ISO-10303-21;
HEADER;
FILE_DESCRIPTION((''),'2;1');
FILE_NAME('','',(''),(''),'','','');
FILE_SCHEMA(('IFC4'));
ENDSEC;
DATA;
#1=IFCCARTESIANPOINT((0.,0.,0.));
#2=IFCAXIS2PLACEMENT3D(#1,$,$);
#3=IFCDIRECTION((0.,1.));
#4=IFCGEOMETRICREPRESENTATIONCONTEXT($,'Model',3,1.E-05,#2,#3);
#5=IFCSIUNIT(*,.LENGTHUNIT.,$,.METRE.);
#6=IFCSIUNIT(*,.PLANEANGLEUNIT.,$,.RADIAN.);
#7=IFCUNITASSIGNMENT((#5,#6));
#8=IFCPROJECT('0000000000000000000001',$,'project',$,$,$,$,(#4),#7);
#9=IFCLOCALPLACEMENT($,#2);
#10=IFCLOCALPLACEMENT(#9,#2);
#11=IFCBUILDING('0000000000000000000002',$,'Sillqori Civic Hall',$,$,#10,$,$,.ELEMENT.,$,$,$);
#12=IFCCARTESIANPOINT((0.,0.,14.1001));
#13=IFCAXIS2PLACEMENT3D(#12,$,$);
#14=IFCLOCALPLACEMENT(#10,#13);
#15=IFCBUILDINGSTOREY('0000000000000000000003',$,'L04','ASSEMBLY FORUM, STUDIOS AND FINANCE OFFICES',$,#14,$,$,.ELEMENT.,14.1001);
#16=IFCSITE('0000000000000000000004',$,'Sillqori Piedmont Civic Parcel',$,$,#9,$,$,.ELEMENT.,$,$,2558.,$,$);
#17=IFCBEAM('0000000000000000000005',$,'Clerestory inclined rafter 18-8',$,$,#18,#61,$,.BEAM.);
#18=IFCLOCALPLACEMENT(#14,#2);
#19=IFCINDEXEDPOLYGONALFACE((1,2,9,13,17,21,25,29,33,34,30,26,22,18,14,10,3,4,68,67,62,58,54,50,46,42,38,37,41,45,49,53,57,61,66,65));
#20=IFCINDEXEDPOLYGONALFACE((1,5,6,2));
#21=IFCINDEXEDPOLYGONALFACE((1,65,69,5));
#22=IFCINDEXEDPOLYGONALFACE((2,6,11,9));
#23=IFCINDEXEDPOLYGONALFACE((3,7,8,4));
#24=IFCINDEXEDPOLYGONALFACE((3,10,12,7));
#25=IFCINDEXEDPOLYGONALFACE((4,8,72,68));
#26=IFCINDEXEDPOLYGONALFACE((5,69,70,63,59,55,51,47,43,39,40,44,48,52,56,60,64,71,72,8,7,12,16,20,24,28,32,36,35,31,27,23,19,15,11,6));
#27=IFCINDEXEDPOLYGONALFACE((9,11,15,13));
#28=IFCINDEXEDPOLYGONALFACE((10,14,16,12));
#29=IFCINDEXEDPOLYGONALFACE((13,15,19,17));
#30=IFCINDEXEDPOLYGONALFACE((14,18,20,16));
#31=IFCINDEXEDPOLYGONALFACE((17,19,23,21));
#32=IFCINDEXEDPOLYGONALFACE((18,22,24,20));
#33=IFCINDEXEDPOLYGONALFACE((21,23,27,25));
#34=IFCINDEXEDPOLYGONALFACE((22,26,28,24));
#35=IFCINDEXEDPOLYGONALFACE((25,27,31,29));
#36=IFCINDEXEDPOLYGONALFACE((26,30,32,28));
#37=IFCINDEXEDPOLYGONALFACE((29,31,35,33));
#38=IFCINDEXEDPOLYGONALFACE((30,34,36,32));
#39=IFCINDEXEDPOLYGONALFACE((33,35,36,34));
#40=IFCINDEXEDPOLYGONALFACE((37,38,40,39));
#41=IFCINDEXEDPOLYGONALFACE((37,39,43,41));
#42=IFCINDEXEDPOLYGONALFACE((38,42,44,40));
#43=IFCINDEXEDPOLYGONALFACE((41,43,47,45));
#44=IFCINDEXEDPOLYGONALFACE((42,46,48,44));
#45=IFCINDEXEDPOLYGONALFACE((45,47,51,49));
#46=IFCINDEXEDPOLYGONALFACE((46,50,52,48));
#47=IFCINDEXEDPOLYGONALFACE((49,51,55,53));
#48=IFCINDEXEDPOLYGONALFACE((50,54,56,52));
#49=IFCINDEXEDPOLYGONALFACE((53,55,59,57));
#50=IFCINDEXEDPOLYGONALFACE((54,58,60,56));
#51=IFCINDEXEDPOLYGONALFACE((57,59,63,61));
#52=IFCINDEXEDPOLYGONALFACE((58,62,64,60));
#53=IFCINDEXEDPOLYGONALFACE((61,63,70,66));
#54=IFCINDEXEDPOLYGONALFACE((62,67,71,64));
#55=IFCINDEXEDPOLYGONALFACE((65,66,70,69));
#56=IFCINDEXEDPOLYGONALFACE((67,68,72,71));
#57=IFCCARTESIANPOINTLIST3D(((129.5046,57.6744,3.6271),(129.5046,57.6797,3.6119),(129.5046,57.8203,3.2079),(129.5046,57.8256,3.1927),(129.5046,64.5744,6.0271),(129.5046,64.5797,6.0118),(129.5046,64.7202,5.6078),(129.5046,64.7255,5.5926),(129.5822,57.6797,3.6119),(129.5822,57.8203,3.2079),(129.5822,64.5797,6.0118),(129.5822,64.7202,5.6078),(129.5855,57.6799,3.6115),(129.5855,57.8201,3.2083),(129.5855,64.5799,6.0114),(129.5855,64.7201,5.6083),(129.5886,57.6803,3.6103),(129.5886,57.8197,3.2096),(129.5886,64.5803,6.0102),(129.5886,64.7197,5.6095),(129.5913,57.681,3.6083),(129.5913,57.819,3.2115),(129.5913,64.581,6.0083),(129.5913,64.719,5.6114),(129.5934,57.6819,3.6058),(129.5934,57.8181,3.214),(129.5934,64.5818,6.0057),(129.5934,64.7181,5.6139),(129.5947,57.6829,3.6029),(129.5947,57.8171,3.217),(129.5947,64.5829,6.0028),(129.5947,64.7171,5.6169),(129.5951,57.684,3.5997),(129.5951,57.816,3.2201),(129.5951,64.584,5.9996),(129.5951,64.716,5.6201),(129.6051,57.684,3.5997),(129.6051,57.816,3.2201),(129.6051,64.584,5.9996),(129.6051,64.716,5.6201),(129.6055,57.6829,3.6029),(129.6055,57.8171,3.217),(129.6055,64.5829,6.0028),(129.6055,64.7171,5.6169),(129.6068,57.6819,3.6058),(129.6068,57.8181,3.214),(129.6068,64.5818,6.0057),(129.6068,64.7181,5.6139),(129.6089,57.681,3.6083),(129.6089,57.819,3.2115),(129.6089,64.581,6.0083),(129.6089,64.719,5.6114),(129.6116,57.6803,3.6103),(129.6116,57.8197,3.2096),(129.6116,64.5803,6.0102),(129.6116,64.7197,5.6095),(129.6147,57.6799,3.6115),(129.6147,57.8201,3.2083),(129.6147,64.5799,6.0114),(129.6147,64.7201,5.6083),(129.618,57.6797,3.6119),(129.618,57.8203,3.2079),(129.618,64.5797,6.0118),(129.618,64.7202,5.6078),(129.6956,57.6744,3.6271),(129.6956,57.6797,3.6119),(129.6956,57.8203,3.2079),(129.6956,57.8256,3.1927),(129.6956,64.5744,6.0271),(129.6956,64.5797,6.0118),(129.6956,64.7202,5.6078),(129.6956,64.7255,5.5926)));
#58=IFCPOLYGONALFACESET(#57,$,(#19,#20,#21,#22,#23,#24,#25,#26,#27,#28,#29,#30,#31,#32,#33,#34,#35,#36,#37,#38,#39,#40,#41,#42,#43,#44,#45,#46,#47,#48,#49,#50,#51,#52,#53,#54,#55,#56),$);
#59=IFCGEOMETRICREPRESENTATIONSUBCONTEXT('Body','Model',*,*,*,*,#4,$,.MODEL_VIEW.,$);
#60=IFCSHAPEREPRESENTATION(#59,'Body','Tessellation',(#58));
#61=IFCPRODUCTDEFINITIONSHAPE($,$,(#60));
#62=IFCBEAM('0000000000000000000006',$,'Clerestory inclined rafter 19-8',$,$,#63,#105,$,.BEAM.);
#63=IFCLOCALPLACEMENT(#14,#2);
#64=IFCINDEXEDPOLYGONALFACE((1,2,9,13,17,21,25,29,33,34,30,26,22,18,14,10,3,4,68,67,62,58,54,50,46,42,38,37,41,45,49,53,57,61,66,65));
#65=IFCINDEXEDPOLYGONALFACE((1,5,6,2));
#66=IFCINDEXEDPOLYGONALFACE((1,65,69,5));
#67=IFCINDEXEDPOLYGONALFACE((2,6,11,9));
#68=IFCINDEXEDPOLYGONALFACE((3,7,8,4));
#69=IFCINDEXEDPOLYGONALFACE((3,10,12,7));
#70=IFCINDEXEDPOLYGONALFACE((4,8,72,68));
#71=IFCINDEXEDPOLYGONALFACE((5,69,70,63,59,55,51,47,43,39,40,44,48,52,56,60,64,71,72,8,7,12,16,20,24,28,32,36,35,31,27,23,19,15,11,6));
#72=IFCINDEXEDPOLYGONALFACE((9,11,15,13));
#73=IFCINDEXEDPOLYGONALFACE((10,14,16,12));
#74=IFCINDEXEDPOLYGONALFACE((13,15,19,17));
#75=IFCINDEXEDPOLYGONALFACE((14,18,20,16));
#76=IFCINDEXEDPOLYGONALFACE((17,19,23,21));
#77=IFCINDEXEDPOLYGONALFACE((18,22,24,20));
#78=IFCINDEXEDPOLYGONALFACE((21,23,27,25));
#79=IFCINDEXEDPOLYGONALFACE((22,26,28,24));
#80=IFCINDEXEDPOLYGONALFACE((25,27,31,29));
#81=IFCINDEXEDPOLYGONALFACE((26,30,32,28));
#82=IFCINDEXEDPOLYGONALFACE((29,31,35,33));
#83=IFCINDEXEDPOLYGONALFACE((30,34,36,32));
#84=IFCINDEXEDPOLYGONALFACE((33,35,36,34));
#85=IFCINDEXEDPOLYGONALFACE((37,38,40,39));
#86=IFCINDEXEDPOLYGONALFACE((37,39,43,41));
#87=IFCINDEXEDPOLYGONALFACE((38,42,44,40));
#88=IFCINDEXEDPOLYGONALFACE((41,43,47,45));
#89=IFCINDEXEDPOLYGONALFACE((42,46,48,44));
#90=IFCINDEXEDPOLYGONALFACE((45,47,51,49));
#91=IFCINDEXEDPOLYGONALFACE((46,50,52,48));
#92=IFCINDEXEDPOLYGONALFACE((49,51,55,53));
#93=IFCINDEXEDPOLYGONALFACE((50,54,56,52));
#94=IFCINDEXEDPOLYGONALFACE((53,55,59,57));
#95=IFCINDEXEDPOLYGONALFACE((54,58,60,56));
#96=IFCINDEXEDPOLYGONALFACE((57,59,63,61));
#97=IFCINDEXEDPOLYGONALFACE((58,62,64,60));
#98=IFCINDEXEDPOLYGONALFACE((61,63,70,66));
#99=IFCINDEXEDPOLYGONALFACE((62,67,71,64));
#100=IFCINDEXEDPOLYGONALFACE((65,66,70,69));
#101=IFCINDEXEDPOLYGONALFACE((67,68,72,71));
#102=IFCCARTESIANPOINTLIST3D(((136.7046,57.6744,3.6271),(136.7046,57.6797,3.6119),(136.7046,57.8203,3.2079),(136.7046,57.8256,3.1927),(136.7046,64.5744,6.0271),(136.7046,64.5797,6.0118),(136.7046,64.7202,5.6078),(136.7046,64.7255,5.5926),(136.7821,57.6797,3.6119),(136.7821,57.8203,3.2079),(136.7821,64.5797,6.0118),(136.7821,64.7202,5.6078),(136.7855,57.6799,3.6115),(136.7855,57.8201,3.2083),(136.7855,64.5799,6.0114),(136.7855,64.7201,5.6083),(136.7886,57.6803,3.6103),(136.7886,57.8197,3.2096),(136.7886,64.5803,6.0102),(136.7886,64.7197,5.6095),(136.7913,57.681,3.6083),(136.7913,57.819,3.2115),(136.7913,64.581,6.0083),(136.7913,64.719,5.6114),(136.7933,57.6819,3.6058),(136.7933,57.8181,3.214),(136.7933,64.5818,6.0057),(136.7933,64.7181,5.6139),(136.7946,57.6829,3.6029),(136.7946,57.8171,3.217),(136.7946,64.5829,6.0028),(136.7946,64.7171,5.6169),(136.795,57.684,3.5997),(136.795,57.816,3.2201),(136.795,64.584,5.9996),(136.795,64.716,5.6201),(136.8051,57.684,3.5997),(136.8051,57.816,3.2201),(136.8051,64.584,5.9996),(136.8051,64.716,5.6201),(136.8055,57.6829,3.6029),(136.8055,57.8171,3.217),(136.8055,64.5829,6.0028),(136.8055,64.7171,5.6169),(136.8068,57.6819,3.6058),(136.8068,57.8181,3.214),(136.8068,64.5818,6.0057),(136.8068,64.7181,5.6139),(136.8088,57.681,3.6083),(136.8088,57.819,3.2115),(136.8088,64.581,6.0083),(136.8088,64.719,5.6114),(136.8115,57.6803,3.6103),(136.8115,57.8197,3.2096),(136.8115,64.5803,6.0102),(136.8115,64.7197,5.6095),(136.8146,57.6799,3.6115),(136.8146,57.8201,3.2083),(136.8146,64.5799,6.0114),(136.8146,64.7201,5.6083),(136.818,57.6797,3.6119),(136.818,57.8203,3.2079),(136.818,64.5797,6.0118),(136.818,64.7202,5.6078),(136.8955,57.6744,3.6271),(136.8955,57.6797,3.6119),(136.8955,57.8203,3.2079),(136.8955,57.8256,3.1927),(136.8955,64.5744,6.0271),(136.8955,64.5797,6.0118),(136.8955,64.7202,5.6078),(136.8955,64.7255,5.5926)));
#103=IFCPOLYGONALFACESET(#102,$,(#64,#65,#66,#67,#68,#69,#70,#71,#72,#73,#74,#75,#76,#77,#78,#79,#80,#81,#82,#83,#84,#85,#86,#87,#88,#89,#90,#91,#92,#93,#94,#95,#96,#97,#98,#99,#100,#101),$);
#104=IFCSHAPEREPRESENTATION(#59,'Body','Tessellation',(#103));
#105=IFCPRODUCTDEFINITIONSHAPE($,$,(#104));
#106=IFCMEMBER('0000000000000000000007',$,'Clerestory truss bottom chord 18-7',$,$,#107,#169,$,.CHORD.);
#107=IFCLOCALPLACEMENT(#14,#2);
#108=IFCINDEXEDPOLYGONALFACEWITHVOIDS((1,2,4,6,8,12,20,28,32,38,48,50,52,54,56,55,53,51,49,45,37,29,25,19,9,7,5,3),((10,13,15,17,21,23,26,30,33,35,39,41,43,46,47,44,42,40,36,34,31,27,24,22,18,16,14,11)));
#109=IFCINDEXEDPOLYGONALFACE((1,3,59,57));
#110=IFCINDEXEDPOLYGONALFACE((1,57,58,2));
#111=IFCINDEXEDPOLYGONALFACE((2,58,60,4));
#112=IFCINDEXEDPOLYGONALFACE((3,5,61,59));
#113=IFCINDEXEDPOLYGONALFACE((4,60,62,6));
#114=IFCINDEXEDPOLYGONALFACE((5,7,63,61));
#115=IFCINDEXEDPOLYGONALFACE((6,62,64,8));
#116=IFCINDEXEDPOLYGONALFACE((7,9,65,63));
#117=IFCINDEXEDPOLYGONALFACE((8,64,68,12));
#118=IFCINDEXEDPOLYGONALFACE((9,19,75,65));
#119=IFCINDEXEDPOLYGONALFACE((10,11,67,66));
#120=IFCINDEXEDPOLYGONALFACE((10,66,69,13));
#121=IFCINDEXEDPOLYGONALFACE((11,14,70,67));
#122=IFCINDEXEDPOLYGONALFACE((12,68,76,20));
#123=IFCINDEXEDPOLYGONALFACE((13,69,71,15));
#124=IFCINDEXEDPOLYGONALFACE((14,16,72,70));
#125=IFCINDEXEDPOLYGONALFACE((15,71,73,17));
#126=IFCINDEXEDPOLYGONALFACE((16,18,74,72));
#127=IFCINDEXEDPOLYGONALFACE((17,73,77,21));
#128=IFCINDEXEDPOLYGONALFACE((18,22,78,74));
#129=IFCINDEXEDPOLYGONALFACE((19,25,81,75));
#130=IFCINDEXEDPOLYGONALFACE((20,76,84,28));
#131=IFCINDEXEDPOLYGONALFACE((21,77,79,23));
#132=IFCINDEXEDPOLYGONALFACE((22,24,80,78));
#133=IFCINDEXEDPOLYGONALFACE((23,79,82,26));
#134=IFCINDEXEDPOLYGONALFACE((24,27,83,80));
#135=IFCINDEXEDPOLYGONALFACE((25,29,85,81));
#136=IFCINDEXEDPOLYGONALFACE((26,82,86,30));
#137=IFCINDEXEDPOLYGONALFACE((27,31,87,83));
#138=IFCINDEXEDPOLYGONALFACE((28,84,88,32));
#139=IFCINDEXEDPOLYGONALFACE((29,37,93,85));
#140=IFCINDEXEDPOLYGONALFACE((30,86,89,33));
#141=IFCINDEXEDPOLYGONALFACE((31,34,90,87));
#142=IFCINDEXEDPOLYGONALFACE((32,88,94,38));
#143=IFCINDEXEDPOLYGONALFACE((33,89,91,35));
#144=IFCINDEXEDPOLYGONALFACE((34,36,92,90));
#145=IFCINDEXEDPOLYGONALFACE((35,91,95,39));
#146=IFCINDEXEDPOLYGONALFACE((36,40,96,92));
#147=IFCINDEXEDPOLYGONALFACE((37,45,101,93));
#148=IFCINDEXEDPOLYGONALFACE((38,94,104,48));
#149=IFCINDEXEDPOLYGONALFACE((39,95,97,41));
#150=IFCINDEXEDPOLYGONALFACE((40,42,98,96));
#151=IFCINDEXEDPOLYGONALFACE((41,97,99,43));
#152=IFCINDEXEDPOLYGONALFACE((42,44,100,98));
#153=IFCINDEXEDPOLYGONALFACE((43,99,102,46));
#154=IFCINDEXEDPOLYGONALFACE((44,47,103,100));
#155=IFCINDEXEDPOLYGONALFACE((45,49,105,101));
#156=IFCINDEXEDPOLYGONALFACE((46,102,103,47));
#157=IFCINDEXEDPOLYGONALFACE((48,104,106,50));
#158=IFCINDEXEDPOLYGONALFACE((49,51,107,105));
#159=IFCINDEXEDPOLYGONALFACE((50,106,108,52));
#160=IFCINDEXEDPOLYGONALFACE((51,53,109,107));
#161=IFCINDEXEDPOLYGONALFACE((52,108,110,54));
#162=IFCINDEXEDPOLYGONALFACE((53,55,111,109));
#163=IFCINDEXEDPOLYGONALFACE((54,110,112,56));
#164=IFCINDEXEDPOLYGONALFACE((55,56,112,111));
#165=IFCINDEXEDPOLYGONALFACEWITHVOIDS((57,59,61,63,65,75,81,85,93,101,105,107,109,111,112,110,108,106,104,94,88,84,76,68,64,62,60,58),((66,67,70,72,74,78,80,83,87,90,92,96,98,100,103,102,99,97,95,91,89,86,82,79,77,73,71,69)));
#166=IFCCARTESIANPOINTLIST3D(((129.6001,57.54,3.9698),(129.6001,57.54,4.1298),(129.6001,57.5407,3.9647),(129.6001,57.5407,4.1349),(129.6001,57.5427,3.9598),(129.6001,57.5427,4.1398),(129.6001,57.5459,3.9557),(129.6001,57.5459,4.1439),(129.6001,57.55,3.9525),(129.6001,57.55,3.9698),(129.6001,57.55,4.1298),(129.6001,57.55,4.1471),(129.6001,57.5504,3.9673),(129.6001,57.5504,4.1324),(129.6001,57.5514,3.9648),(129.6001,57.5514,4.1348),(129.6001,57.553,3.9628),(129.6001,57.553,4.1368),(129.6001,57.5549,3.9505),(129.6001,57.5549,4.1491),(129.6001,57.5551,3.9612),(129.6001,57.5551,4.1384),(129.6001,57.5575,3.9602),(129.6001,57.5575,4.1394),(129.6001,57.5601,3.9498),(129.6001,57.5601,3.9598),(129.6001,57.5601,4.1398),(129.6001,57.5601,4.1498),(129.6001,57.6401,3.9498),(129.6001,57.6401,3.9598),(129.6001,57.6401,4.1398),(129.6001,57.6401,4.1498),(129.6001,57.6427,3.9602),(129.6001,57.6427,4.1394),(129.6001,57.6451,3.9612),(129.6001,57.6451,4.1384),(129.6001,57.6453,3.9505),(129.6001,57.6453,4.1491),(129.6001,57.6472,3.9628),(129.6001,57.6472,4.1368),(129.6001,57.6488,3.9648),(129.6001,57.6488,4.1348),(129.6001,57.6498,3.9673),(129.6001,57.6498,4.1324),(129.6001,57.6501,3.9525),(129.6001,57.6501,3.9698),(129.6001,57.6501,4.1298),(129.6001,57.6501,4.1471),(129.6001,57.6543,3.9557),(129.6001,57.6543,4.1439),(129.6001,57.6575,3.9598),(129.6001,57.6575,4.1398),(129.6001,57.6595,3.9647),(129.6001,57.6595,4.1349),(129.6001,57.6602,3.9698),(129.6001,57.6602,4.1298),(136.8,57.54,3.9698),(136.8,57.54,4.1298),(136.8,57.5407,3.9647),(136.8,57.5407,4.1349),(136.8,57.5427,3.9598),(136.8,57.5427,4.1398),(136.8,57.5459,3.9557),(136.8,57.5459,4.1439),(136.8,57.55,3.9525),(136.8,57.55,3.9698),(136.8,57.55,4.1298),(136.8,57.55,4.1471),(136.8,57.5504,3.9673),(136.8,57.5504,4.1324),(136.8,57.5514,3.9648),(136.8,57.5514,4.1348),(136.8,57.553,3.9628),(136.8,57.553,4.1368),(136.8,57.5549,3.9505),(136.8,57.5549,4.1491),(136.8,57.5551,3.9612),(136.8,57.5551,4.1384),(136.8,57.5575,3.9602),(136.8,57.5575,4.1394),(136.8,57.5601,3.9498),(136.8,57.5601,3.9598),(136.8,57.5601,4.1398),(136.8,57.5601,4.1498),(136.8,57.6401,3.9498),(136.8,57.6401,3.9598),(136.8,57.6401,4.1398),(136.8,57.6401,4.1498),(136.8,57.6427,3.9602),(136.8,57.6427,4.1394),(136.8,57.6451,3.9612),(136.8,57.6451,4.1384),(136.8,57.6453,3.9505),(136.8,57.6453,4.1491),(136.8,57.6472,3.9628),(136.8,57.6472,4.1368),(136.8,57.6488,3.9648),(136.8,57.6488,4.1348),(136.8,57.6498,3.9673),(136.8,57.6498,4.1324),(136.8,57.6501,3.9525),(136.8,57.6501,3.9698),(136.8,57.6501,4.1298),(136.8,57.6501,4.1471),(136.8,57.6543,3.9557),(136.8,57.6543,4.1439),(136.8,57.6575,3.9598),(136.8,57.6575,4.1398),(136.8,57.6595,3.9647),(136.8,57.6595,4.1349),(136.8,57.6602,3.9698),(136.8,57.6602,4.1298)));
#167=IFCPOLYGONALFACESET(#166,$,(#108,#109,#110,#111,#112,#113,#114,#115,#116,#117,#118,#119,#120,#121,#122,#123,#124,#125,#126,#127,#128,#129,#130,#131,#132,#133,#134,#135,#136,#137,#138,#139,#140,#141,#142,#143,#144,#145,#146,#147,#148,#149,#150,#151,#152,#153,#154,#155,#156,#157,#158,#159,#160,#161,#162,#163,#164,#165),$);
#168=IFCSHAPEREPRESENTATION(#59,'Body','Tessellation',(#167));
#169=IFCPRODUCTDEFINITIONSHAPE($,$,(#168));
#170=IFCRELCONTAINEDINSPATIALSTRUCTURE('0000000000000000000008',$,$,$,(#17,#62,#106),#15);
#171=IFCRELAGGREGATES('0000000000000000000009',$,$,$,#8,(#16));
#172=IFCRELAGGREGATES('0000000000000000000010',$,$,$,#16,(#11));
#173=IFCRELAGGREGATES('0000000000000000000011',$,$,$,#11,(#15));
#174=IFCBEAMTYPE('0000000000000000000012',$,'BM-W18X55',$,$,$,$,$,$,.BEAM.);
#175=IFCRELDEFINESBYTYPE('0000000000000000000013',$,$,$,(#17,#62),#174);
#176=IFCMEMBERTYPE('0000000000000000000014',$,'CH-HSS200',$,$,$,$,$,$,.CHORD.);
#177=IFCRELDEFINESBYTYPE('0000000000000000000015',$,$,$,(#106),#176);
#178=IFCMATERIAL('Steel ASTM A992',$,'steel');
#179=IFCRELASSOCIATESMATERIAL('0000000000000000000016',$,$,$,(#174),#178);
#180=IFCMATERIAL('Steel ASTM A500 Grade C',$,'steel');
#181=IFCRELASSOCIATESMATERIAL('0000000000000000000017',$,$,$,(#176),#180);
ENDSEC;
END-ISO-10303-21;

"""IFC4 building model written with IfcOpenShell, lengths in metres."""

from ifc_helpers import new_model, si_unit, direction, frame, origin, origin_2d, place, context, subcontext, project, spatial, hollow_rectangle, i_section, extrude, material, material_profile, profile_set, type_object, element, save


model = new_model("IFC4")

# Units and contexts
model_context = context("Model", 3, precision=1e-05, world=origin(), true_north=direction((0.0, 1.0)))
body_context = subcontext(model_context, "Body", "Model", "MODEL_VIEW")
ifc_project = project(units=[si_unit("LENGTHUNIT", "METRE"), si_unit("PLANEANGLEUNIT", "RADIAN")], contexts=[model_context])

# Site, building, storey
site_placement = place(None, origin())
site = spatial("IfcSite", under=ifc_project, at=site_placement, Name="Sillqori Piedmont Civic Parcel", CompositionType="ELEMENT", RefElevation=2558.0)
building_placement = place(site_placement, origin())
building = spatial("IfcBuilding", under=site, at=building_placement, Name="Sillqori Civic Hall", CompositionType="ELEMENT")
storey_placement = place(building_placement, frame((0.0, 0.0, 14.1001)))
storey = spatial("IfcBuildingStorey", under=building, at=storey_placement, Name="L04", Description="ASSEMBLY FORUM, STUDIOS AND FINANCE OFFICES", CompositionType="ELEMENT", Elevation=14.1001)

# Shared definitions
ifc_material_1 = material(Name="Steel ASTM A992", Category="steel")

# Beams
ifc_material_profile_1 = material_profile(ifc_material_1, i_section(OverallWidth=0.1909, OverallDepth=0.46, WebThickness=0.01, FlangeThickness=0.0161, FilletRadius=0.0129, at=origin_2d()), Name="W18X55")
ifc_profile_set_1 = profile_set([ifc_material_profile_1], Name="Steel ASTM A992")
beam_type_1 = type_object("IfcBeamType", Name="BM-W18X55", PredefinedType="BEAM", material=ifc_profile_set_1)
for number, where, z_axis, x_axis, name in (
    (1, (129.6001, 57.75, 3.4099), (0.0, 0.9445, 0.328513), (-1.0, 0.0, 0.0), "Clerestory inclined rafter 18-8"),
    (2, (136.8, 57.75, 3.4099), (0.0, 0.9445, 0.328513), (-1.0, 0.0, 0.0), "Clerestory inclined rafter 19-8"),
):
    element("IfcBeam", number, at=place(storey_placement, frame(where, z_axis=z_axis, x_axis=x_axis)), inside=storey, type_object=beam_type_1, Name=name, PredefinedType="BEAM", context=body_context, shape_type="SweptSolid", body=[
        extrude(i_section(OverallWidth=0.1909, OverallDepth=0.46, WebThickness=0.01, FlangeThickness=0.0161, FilletRadius=0.0129, at=origin_2d()), origin(), (0.0, 0.0, 1.0), 7.3054),
    ])

# Member
ifc_material_2 = material(Name="Steel ASTM A500 Grade C", Category="steel")
ifc_material_profile_2 = material_profile(ifc_material_2, hollow_rectangle(XDim=0.1201, YDim=0.2, WallThickness=0.01, InnerFilletRadius=0.01, OuterFilletRadius=0.02, at=origin_2d()), Name="HSS200X120X10")
ifc_profile_set_2 = profile_set([ifc_material_profile_2], Name="Steel ASTM A500 Grade C")
member_type_1 = type_object("IfcMemberType", Name="CH-HSS200", PredefinedType="CHORD", material=ifc_profile_set_2)
member_1_placement = place(storey_placement, frame((129.6001, 57.6001, 4.0498), z_axis=(1.0, 0.0, 0.0), x_axis=(0.0, 1.0, 0.0)))
element("IfcMember", 3, at=member_1_placement, inside=storey, type_object=member_type_1, Name="Clerestory truss bottom chord 18-7", PredefinedType="CHORD", context=body_context, shape_type="SweptSolid", body=[
    extrude(hollow_rectangle(XDim=0.1201, YDim=0.2, WallThickness=0.01, InnerFilletRadius=0.01, OuterFilletRadius=0.02, at=origin_2d()), origin(), (0.0, 0.0, 1.0), 7.2),
])

save(model, "model.ifc")
